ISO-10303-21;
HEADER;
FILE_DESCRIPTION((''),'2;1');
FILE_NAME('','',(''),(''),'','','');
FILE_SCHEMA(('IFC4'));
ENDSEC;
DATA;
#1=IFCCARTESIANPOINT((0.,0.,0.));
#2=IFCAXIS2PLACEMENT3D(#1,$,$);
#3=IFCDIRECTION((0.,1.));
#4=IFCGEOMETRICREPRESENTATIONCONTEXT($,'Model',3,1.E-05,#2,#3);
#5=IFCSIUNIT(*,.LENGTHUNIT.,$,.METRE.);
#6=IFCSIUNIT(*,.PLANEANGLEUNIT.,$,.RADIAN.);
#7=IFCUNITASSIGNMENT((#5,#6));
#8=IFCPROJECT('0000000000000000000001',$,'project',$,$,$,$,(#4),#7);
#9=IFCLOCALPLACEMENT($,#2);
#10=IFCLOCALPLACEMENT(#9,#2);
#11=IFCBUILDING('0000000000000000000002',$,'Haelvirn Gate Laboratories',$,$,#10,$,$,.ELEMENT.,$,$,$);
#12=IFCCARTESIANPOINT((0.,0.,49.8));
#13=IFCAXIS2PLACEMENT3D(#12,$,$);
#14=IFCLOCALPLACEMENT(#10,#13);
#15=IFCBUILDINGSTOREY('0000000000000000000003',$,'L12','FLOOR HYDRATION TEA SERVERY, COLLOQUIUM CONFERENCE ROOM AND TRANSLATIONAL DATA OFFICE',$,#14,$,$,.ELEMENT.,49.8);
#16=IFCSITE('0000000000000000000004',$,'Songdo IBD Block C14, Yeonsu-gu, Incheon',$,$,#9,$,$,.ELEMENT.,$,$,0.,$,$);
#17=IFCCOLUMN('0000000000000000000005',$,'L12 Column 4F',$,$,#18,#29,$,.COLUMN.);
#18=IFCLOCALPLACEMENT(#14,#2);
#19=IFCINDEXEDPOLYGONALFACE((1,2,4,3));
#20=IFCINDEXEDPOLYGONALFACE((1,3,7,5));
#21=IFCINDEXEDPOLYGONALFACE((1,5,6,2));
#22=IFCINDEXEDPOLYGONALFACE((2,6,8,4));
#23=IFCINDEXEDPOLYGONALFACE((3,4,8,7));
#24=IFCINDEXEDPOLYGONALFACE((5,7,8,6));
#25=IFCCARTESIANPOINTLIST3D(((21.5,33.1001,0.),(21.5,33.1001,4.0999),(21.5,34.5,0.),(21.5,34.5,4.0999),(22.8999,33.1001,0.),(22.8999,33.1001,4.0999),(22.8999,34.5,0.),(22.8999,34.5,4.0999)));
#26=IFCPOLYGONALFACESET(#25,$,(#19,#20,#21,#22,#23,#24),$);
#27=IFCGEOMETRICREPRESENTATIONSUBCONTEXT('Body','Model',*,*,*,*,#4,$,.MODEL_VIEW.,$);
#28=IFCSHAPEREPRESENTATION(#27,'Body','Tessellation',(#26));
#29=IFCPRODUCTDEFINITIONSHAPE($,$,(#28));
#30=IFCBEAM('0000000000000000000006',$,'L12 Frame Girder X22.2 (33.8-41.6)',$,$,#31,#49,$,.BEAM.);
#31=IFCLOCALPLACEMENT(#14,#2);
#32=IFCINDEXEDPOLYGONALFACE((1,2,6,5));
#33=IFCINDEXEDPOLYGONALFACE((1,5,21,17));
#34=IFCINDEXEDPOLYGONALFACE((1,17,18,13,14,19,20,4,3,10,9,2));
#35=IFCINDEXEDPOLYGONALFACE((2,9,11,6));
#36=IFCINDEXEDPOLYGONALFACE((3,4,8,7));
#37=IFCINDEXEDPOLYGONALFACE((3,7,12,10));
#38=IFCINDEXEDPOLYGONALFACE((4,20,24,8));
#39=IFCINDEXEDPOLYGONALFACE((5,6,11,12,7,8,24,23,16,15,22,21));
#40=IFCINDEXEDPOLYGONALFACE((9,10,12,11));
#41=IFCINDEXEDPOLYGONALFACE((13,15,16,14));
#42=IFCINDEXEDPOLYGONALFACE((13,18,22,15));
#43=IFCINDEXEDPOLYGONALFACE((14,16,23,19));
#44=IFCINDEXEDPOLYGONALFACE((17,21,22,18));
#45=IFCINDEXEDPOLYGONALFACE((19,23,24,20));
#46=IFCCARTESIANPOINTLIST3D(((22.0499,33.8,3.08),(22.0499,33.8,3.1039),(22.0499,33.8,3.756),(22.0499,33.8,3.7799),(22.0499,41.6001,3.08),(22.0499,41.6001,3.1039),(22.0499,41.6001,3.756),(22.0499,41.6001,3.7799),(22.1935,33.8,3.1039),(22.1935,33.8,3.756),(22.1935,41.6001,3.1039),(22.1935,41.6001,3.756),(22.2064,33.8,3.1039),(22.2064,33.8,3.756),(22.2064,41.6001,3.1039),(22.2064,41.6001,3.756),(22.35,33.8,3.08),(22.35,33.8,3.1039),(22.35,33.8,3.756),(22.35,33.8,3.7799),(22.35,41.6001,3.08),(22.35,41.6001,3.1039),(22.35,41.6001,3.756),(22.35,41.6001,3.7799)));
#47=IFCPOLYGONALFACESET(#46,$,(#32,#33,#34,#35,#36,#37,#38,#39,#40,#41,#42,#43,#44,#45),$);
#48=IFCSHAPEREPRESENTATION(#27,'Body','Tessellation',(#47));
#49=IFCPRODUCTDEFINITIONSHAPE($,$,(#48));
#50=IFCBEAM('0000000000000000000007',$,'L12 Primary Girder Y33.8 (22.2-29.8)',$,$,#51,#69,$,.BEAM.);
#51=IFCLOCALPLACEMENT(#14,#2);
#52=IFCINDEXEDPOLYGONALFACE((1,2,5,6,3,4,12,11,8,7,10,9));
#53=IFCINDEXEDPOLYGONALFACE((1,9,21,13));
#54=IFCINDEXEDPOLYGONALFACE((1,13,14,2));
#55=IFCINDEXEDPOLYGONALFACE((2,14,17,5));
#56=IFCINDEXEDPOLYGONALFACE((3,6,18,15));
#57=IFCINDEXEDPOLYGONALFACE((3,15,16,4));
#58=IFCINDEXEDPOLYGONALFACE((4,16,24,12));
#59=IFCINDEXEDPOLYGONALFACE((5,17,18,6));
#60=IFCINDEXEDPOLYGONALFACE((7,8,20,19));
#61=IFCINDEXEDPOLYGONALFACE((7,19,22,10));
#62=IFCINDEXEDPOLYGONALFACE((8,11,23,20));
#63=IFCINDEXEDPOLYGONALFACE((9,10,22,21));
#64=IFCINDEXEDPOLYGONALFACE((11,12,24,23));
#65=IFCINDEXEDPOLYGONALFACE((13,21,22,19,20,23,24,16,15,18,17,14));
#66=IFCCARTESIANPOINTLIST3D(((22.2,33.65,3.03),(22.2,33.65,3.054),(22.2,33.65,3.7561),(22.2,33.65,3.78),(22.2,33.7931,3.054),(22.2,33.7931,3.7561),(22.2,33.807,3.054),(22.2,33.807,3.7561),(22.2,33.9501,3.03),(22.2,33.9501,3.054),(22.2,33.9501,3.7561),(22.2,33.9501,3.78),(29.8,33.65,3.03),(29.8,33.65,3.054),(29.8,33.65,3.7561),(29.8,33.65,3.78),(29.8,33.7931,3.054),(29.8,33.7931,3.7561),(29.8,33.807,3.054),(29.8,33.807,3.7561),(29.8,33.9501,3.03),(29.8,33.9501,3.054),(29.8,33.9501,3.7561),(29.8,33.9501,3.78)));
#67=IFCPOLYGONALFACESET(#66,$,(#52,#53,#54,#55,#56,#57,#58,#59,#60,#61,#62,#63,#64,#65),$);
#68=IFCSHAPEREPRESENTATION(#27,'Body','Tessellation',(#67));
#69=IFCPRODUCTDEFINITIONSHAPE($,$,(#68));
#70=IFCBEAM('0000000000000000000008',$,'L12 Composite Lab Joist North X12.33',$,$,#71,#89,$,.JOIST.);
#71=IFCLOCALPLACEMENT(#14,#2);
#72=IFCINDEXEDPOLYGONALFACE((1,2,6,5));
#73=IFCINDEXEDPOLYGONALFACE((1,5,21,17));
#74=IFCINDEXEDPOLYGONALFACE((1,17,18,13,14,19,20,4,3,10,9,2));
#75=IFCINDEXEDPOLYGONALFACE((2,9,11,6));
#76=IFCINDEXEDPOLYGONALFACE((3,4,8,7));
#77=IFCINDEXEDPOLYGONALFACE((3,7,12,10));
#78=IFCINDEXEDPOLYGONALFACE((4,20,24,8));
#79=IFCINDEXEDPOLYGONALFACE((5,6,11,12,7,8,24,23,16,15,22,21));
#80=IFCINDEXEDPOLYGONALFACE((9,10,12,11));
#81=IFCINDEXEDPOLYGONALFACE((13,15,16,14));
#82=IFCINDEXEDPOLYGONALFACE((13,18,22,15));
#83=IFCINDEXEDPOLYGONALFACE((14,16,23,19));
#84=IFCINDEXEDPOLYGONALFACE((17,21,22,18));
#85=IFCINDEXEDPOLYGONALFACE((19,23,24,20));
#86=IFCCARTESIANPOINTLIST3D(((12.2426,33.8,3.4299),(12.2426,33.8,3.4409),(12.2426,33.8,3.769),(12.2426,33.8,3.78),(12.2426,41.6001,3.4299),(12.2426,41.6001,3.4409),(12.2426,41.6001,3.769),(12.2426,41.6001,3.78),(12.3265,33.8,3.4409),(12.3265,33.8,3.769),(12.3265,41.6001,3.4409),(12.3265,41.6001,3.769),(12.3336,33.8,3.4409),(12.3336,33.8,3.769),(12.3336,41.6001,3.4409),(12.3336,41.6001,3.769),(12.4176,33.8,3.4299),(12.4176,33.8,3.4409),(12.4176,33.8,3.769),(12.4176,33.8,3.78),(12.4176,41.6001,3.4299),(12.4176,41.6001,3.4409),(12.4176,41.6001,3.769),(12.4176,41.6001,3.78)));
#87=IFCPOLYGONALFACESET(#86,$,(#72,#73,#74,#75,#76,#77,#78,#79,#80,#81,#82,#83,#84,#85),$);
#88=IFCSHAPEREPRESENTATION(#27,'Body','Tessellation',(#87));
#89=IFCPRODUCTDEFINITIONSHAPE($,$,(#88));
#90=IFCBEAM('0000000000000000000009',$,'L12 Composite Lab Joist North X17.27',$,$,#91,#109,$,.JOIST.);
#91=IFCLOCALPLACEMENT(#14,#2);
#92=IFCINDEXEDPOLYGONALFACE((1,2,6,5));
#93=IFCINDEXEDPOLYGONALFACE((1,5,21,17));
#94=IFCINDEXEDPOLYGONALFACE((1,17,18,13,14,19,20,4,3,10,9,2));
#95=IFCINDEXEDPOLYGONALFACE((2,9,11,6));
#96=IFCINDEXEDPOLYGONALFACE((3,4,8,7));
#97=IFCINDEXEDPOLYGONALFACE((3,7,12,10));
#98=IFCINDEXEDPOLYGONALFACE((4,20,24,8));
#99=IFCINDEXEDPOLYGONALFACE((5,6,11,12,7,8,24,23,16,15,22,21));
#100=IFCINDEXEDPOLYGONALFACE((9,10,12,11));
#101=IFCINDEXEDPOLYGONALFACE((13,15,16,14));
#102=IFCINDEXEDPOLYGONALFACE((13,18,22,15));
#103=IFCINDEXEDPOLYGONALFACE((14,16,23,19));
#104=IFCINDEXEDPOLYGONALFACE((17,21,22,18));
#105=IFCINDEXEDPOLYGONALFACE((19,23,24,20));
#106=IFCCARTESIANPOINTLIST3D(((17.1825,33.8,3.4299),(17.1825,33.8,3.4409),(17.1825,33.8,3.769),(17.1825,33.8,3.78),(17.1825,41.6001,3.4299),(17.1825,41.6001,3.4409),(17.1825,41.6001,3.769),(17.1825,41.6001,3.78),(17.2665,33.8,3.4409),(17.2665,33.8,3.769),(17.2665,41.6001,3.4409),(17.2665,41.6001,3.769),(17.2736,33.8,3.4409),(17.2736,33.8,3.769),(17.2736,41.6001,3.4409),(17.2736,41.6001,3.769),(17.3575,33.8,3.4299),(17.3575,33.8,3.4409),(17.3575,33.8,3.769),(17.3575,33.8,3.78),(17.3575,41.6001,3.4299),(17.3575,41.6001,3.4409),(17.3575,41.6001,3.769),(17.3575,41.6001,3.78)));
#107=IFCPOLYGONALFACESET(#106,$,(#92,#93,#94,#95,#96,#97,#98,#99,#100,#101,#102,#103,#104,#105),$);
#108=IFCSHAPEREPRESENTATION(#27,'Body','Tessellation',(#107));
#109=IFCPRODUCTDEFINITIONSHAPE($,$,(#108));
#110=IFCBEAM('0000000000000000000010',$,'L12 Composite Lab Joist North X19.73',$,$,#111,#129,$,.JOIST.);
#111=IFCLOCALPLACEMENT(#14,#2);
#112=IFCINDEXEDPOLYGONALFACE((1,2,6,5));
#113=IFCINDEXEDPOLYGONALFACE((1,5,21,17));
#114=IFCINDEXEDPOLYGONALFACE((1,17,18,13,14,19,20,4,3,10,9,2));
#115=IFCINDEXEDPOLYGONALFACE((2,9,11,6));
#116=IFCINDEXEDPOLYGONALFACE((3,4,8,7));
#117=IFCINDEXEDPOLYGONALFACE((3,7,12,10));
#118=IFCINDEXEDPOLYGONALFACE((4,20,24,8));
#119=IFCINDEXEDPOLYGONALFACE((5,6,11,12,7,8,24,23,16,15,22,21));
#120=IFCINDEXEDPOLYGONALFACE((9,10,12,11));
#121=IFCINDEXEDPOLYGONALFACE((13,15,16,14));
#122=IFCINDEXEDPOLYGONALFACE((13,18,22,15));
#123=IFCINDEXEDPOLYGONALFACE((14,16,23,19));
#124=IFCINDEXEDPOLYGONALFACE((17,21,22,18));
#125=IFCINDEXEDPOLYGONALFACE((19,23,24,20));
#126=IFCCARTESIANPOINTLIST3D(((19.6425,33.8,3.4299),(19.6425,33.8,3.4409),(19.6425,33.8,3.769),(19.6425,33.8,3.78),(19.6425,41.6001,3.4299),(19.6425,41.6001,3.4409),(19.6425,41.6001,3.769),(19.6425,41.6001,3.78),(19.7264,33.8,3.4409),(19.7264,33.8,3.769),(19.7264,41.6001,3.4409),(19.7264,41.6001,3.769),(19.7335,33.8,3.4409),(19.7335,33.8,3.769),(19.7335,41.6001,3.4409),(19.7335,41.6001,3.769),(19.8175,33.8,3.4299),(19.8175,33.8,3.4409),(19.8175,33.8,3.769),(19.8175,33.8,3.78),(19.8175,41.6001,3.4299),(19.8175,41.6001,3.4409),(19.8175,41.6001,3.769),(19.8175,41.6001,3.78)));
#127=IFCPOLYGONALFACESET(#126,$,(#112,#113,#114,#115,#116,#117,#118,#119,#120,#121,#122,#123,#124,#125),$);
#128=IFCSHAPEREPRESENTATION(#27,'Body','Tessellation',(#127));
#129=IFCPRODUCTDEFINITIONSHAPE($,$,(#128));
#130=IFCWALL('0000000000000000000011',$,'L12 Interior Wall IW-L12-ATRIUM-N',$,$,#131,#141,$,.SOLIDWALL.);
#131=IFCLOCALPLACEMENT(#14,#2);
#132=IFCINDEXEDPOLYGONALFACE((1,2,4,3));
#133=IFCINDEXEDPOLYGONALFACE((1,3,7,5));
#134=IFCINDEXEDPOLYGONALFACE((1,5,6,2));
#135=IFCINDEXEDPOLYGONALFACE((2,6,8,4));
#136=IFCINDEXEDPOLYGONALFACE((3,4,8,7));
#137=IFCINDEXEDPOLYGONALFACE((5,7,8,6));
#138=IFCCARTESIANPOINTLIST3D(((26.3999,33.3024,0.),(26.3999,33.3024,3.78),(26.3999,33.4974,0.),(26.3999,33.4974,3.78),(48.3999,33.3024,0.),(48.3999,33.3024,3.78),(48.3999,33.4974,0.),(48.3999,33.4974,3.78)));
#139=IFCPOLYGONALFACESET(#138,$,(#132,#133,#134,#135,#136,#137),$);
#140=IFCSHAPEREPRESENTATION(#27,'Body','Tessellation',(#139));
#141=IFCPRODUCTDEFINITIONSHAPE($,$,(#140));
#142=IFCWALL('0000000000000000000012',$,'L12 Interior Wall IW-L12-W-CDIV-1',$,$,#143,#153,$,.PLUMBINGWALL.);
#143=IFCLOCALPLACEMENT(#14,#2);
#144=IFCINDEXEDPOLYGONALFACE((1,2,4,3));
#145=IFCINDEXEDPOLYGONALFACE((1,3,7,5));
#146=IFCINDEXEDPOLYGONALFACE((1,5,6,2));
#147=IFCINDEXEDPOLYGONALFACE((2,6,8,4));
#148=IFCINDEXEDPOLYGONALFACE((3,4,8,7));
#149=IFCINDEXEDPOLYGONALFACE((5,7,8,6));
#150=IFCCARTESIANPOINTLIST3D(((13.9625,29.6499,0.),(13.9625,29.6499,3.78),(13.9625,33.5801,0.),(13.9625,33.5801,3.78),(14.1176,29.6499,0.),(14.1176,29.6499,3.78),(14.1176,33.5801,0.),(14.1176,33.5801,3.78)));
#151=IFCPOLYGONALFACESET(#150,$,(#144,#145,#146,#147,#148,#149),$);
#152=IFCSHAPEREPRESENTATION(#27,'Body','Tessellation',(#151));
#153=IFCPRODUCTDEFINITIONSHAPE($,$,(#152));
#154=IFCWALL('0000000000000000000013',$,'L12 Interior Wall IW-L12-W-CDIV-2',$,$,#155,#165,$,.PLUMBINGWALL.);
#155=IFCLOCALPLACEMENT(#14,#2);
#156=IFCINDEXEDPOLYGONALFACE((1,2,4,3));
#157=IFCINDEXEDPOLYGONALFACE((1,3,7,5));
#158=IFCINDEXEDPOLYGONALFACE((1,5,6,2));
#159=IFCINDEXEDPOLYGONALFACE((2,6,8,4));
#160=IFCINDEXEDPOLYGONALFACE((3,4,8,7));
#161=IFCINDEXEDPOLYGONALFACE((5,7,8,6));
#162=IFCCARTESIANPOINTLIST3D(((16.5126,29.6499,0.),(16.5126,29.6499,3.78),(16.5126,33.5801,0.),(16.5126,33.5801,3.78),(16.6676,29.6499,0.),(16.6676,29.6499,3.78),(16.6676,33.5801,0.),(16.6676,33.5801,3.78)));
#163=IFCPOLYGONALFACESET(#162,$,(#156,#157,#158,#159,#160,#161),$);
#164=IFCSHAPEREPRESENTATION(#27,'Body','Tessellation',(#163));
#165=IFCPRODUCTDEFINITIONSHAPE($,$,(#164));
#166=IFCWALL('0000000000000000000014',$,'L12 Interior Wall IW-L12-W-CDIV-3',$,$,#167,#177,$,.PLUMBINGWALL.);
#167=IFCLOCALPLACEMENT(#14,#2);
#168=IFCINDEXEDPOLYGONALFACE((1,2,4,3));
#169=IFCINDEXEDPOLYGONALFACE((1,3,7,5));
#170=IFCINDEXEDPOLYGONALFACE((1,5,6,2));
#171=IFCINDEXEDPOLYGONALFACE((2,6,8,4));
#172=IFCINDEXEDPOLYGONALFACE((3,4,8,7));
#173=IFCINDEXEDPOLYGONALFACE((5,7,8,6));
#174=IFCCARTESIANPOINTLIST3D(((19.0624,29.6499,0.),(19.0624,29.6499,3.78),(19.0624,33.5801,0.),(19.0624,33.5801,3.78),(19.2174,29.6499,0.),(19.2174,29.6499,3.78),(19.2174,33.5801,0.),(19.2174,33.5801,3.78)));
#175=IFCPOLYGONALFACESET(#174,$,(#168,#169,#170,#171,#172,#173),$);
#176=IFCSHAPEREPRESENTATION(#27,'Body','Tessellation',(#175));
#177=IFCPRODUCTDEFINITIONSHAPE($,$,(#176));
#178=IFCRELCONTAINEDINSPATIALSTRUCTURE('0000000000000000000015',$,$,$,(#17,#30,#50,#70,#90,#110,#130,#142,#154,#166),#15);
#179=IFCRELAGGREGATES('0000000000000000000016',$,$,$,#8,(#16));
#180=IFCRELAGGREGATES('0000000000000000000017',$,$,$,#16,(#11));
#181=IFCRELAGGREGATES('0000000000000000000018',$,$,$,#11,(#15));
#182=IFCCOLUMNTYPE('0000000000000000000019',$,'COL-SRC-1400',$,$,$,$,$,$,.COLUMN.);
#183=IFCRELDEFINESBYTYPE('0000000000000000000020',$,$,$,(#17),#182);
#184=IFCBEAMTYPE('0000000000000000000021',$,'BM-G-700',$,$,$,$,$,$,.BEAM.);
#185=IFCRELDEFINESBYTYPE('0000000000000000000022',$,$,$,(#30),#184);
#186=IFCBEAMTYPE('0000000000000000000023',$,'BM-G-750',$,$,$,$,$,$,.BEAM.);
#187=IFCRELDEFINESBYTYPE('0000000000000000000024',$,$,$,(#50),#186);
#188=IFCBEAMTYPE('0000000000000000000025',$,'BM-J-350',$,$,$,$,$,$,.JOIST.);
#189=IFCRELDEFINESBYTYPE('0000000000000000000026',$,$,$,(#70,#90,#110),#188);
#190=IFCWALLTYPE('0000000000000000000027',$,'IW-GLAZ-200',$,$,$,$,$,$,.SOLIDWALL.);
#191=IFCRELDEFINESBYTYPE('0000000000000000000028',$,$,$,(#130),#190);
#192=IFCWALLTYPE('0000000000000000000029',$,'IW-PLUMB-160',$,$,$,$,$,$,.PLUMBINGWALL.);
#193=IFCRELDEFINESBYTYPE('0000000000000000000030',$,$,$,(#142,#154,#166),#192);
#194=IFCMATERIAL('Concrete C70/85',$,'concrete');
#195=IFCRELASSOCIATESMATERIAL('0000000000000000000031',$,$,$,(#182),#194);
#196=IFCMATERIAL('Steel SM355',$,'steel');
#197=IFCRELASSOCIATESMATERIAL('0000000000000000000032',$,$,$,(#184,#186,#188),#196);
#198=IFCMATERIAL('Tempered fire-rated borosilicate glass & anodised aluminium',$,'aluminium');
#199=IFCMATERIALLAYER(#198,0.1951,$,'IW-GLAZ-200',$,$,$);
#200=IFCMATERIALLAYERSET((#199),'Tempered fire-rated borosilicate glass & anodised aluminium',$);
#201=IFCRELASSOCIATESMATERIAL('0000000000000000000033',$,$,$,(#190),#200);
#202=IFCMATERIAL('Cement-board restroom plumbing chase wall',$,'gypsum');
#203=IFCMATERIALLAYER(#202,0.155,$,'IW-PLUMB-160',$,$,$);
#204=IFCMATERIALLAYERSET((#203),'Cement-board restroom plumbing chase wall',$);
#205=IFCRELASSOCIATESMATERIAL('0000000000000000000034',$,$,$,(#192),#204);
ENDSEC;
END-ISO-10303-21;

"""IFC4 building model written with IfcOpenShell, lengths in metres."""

from ifc_helpers import new_model, si_unit, direction, frame, frame_2d, origin, origin_2d, place, context, subcontext, project, spatial, rectangle, i_section, extrude, source, transform, mapped, material, layer, layer_set, material_profile, profile_set, type_object, type_shapes, element, save


model = new_model("IFC4")

# Units and contexts
model_context = context("Model", 3, precision=1e-05, world=origin(), true_north=direction((0.0, 1.0)))
body_context = subcontext(model_context, "Body", "Model", "MODEL_VIEW")
ifc_project = project(units=[si_unit("LENGTHUNIT", "METRE"), si_unit("PLANEANGLEUNIT", "RADIAN")], contexts=[model_context])

# Site, building, storey
site_placement = place(None, origin())
site = spatial("IfcSite", under=ifc_project, at=site_placement, Name="Songdo IBD Block C14, Yeonsu-gu, Incheon", CompositionType="ELEMENT", RefElevation=0.0)
building_placement = place(site_placement, origin())
building = spatial("IfcBuilding", under=site, at=building_placement, Name="Haelvirn Gate Laboratories", CompositionType="ELEMENT")
storey_placement = place(building_placement, frame((0.0, 0.0, 49.8)))
storey = spatial("IfcBuildingStorey", under=building, at=storey_placement, Name="L12", Description="FLOOR HYDRATION TEA SERVERY, COLLOQUIUM CONFERENCE ROOM AND TRANSLATIONAL DATA OFFICE", CompositionType="ELEMENT", Elevation=49.8)

# Column
ifc_material_1 = material(Name="Concrete C70/85", Category="concrete")
ifc_material_profile_1 = material_profile(ifc_material_1, rectangle(XDim=1.3999, YDim=1.3999, at=origin_2d()), Name="SRC-1400x1400")
ifc_profile_set_1 = profile_set([ifc_material_profile_1], Name="Concrete C70/85")
column_type = type_object("IfcColumnType", Name="COL-SRC-1400", PredefinedType="COLUMN", material=ifc_profile_set_1)
shared_shape_1 = source(origin(), body_context, "Body", "SweptSolid", [
    extrude(rectangle(XDim=1.3999, YDim=1.3999, at=origin_2d()), origin(), (0.0, 0.0, 1.0), 4.0999),
])
type_shapes(column_type, [shared_shape_1])
column_placement = place(storey_placement, frame((22.2, 33.8, 0.0), z_axis=(0.0, 0.0, 1.0), x_axis=(1.0, 0.0, 0.0)))
element("IfcColumn", 1, at=column_placement, inside=storey, type_object=column_type, Name="L12 Column 4F", PredefinedType="COLUMN", context=body_context, shape_type="MappedRepresentation", body=[
    mapped(shared_shape_1, transform((0.0, 0.0, 0.0), scale=1.0)),
])

# Beams
ifc_material_2 = material(Name="Steel SM355", Category="steel")
ifc_material_profile_2 = material_profile(ifc_material_2, i_section(OverallWidth=0.3, OverallDepth=0.7, WebThickness=0.0129, FlangeThickness=0.0239, at=origin_2d()), Name="H-700x300x13x24")
ifc_profile_set_2 = profile_set([ifc_material_profile_2], Name="Steel SM355")
beam_type_1 = type_object("IfcBeamType", Name="BM-G-700", PredefinedType="BEAM", material=ifc_profile_set_2)
shared_shape_2 = source(origin(), body_context, "Body", "SweptSolid", [
    extrude(i_section(OverallWidth=0.3, OverallDepth=0.7, WebThickness=0.0129, FlangeThickness=0.0239, at=origin_2d()), origin(), (0.0, 0.0, 1.0), 7.8),
])
type_shapes(beam_type_1, [shared_shape_2])
beam_1_placement = place(storey_placement, frame((22.2, 33.8, 3.4299), z_axis=(0.0, 1.0, 0.0), x_axis=(-1.0, 0.0, 0.0)))
element("IfcBeam", 2, at=beam_1_placement, inside=storey, type_object=beam_type_1, Name="L12 Frame Girder X22.2 (33.8-41.6)", PredefinedType="BEAM", context=body_context, shape_type="MappedRepresentation", body=[
    mapped(shared_shape_2, transform((0.0, 0.0, 0.0), scale=1.0)),
])
ifc_material_profile_3 = material_profile(ifc_material_2, i_section(OverallWidth=0.3, OverallDepth=0.75, WebThickness=0.0139, FlangeThickness=0.0239, at=origin_2d()), Name="H-750x300x14x24")
ifc_profile_set_3 = profile_set([ifc_material_profile_3], Name="Steel SM355")
beam_type_2 = type_object("IfcBeamType", Name="BM-G-750", PredefinedType="BEAM", material=ifc_profile_set_3)
shared_shape_3 = source(origin(), body_context, "Body", "SweptSolid", [
    extrude(i_section(OverallWidth=0.3, OverallDepth=0.75, WebThickness=0.0139, FlangeThickness=0.0239, at=origin_2d()), origin(), (0.0, 0.0, 1.0), 7.6001),
])
type_shapes(beam_type_2, [shared_shape_3])
beam_2_placement = place(storey_placement, frame((22.2, 33.8, 3.405), z_axis=(1.0, 0.0, 0.0), x_axis=(0.0, 1.0, 0.0)))
element("IfcBeam", 3, at=beam_2_placement, inside=storey, type_object=beam_type_2, Name="L12 Primary Girder Y33.8 (22.2-29.8)", PredefinedType="BEAM", context=body_context, shape_type="MappedRepresentation", body=[
    mapped(shared_shape_3, transform((0.0, 0.0, 0.0), scale=1.0)),
])
ifc_material_profile_4 = material_profile(ifc_material_2, i_section(OverallWidth=0.175, OverallDepth=0.3501, WebThickness=0.0071, FlangeThickness=0.011, at=origin_2d()), Name="H-350x175x7x11")
ifc_profile_set_4 = profile_set([ifc_material_profile_4], Name="Steel SM355")
beam_type_3 = type_object("IfcBeamType", Name="BM-J-350", PredefinedType="JOIST", material=ifc_profile_set_4)
shared_shape_4 = source(origin(), body_context, "Body", "SweptSolid", [
    extrude(i_section(OverallWidth=0.175, OverallDepth=0.3501, WebThickness=0.0071, FlangeThickness=0.011, at=origin_2d()), origin(), (0.0, 0.0, 1.0), 7.8),
])
type_shapes(beam_type_3, [shared_shape_4])
for number, where, z_axis, x_axis, name in (
    (4, (12.3301, 33.8, 3.605), (0.0, 1.0, 0.0), (-1.0, 0.0, 0.0), "L12 Composite Lab Joist North X12.33"),
    (5, (17.27, 33.8, 3.605), (0.0, 1.0, 0.0), (-1.0, 0.0, 0.0), "L12 Composite Lab Joist North X17.27"),
    (6, (19.73, 33.8, 3.605), (0.0, 1.0, 0.0), (-1.0, 0.0, 0.0), "L12 Composite Lab Joist North X19.73"),
):
    element("IfcBeam", number, at=place(storey_placement, frame(where, z_axis=z_axis, x_axis=x_axis)), inside=storey, type_object=beam_type_3, Name=name, PredefinedType="JOIST", context=body_context, shape_type="MappedRepresentation", body=[
        mapped(shared_shape_4, transform((0.0, 0.0, 0.0), scale=1.0)),
    ])

# Walls
ifc_material_3 = material(Name="Tempered fire-rated borosilicate glass & anodised aluminium", Category="aluminium")
ifc_layer_1 = layer(ifc_material_3, 0.1951, Name="IW-GLAZ-200")
ifc_layer_set_1 = layer_set([ifc_layer_1], Name="Tempered fire-rated borosilicate glass & anodised aluminium")
wall_type_1 = type_object("IfcWallType", Name="IW-GLAZ-200", PredefinedType="SOLIDWALL", material=ifc_layer_set_1)
wall_1_placement = place(storey_placement, frame((26.3999, 33.3999, 0.0), z_axis=(0.0, 0.0, 1.0), x_axis=(1.0, 0.0, 0.0)))
element("IfcWall", 7, at=wall_1_placement, inside=storey, type_object=wall_type_1, Name="L12 Interior Wall IW-L12-ATRIUM-N", PredefinedType="SOLIDWALL", context=body_context, shape_type="SweptSolid", body=[
    extrude(rectangle(XDim=22.0, YDim=0.1951, at=frame_2d((11.0, 0.0))), origin(), (0.0, 0.0, 1.0), 3.78),
])
ifc_material_4 = material(Name="Cement-board restroom plumbing chase wall", Category="gypsum")
ifc_layer_2 = layer(ifc_material_4, 0.155, Name="IW-PLUMB-160")
ifc_layer_set_2 = layer_set([ifc_layer_2], Name="Cement-board restroom plumbing chase wall")
wall_type_2 = type_object("IfcWallType", Name="IW-PLUMB-160", PredefinedType="PLUMBINGWALL", material=ifc_layer_set_2)
for number, where, z_axis, x_axis, name in (
    (8, (14.04, 29.6499, 0.0), (0.0, 0.0, 1.0), (0.0, 1.0, 0.0), "L12 Interior Wall IW-L12-W-CDIV-1"),
    (9, (16.5901, 29.6499, 0.0), (0.0, 0.0, 1.0), (0.0, 1.0, 0.0), "L12 Interior Wall IW-L12-W-CDIV-2"),
    (10, (19.1399, 29.6499, 0.0), (0.0, 0.0, 1.0), (0.0, 1.0, 0.0), "L12 Interior Wall IW-L12-W-CDIV-3"),
):
    element("IfcWall", number, at=place(storey_placement, frame(where, z_axis=z_axis, x_axis=x_axis)), inside=storey, type_object=wall_type_2, Name=name, PredefinedType="PLUMBINGWALL", context=body_context, shape_type="SweptSolid", body=[
        extrude(rectangle(XDim=3.9302, YDim=0.155, at=frame_2d((1.9651, 0.0))), origin(), (0.0, 0.0, 1.0), 3.78),
    ])

save(model, "model.ifc")
